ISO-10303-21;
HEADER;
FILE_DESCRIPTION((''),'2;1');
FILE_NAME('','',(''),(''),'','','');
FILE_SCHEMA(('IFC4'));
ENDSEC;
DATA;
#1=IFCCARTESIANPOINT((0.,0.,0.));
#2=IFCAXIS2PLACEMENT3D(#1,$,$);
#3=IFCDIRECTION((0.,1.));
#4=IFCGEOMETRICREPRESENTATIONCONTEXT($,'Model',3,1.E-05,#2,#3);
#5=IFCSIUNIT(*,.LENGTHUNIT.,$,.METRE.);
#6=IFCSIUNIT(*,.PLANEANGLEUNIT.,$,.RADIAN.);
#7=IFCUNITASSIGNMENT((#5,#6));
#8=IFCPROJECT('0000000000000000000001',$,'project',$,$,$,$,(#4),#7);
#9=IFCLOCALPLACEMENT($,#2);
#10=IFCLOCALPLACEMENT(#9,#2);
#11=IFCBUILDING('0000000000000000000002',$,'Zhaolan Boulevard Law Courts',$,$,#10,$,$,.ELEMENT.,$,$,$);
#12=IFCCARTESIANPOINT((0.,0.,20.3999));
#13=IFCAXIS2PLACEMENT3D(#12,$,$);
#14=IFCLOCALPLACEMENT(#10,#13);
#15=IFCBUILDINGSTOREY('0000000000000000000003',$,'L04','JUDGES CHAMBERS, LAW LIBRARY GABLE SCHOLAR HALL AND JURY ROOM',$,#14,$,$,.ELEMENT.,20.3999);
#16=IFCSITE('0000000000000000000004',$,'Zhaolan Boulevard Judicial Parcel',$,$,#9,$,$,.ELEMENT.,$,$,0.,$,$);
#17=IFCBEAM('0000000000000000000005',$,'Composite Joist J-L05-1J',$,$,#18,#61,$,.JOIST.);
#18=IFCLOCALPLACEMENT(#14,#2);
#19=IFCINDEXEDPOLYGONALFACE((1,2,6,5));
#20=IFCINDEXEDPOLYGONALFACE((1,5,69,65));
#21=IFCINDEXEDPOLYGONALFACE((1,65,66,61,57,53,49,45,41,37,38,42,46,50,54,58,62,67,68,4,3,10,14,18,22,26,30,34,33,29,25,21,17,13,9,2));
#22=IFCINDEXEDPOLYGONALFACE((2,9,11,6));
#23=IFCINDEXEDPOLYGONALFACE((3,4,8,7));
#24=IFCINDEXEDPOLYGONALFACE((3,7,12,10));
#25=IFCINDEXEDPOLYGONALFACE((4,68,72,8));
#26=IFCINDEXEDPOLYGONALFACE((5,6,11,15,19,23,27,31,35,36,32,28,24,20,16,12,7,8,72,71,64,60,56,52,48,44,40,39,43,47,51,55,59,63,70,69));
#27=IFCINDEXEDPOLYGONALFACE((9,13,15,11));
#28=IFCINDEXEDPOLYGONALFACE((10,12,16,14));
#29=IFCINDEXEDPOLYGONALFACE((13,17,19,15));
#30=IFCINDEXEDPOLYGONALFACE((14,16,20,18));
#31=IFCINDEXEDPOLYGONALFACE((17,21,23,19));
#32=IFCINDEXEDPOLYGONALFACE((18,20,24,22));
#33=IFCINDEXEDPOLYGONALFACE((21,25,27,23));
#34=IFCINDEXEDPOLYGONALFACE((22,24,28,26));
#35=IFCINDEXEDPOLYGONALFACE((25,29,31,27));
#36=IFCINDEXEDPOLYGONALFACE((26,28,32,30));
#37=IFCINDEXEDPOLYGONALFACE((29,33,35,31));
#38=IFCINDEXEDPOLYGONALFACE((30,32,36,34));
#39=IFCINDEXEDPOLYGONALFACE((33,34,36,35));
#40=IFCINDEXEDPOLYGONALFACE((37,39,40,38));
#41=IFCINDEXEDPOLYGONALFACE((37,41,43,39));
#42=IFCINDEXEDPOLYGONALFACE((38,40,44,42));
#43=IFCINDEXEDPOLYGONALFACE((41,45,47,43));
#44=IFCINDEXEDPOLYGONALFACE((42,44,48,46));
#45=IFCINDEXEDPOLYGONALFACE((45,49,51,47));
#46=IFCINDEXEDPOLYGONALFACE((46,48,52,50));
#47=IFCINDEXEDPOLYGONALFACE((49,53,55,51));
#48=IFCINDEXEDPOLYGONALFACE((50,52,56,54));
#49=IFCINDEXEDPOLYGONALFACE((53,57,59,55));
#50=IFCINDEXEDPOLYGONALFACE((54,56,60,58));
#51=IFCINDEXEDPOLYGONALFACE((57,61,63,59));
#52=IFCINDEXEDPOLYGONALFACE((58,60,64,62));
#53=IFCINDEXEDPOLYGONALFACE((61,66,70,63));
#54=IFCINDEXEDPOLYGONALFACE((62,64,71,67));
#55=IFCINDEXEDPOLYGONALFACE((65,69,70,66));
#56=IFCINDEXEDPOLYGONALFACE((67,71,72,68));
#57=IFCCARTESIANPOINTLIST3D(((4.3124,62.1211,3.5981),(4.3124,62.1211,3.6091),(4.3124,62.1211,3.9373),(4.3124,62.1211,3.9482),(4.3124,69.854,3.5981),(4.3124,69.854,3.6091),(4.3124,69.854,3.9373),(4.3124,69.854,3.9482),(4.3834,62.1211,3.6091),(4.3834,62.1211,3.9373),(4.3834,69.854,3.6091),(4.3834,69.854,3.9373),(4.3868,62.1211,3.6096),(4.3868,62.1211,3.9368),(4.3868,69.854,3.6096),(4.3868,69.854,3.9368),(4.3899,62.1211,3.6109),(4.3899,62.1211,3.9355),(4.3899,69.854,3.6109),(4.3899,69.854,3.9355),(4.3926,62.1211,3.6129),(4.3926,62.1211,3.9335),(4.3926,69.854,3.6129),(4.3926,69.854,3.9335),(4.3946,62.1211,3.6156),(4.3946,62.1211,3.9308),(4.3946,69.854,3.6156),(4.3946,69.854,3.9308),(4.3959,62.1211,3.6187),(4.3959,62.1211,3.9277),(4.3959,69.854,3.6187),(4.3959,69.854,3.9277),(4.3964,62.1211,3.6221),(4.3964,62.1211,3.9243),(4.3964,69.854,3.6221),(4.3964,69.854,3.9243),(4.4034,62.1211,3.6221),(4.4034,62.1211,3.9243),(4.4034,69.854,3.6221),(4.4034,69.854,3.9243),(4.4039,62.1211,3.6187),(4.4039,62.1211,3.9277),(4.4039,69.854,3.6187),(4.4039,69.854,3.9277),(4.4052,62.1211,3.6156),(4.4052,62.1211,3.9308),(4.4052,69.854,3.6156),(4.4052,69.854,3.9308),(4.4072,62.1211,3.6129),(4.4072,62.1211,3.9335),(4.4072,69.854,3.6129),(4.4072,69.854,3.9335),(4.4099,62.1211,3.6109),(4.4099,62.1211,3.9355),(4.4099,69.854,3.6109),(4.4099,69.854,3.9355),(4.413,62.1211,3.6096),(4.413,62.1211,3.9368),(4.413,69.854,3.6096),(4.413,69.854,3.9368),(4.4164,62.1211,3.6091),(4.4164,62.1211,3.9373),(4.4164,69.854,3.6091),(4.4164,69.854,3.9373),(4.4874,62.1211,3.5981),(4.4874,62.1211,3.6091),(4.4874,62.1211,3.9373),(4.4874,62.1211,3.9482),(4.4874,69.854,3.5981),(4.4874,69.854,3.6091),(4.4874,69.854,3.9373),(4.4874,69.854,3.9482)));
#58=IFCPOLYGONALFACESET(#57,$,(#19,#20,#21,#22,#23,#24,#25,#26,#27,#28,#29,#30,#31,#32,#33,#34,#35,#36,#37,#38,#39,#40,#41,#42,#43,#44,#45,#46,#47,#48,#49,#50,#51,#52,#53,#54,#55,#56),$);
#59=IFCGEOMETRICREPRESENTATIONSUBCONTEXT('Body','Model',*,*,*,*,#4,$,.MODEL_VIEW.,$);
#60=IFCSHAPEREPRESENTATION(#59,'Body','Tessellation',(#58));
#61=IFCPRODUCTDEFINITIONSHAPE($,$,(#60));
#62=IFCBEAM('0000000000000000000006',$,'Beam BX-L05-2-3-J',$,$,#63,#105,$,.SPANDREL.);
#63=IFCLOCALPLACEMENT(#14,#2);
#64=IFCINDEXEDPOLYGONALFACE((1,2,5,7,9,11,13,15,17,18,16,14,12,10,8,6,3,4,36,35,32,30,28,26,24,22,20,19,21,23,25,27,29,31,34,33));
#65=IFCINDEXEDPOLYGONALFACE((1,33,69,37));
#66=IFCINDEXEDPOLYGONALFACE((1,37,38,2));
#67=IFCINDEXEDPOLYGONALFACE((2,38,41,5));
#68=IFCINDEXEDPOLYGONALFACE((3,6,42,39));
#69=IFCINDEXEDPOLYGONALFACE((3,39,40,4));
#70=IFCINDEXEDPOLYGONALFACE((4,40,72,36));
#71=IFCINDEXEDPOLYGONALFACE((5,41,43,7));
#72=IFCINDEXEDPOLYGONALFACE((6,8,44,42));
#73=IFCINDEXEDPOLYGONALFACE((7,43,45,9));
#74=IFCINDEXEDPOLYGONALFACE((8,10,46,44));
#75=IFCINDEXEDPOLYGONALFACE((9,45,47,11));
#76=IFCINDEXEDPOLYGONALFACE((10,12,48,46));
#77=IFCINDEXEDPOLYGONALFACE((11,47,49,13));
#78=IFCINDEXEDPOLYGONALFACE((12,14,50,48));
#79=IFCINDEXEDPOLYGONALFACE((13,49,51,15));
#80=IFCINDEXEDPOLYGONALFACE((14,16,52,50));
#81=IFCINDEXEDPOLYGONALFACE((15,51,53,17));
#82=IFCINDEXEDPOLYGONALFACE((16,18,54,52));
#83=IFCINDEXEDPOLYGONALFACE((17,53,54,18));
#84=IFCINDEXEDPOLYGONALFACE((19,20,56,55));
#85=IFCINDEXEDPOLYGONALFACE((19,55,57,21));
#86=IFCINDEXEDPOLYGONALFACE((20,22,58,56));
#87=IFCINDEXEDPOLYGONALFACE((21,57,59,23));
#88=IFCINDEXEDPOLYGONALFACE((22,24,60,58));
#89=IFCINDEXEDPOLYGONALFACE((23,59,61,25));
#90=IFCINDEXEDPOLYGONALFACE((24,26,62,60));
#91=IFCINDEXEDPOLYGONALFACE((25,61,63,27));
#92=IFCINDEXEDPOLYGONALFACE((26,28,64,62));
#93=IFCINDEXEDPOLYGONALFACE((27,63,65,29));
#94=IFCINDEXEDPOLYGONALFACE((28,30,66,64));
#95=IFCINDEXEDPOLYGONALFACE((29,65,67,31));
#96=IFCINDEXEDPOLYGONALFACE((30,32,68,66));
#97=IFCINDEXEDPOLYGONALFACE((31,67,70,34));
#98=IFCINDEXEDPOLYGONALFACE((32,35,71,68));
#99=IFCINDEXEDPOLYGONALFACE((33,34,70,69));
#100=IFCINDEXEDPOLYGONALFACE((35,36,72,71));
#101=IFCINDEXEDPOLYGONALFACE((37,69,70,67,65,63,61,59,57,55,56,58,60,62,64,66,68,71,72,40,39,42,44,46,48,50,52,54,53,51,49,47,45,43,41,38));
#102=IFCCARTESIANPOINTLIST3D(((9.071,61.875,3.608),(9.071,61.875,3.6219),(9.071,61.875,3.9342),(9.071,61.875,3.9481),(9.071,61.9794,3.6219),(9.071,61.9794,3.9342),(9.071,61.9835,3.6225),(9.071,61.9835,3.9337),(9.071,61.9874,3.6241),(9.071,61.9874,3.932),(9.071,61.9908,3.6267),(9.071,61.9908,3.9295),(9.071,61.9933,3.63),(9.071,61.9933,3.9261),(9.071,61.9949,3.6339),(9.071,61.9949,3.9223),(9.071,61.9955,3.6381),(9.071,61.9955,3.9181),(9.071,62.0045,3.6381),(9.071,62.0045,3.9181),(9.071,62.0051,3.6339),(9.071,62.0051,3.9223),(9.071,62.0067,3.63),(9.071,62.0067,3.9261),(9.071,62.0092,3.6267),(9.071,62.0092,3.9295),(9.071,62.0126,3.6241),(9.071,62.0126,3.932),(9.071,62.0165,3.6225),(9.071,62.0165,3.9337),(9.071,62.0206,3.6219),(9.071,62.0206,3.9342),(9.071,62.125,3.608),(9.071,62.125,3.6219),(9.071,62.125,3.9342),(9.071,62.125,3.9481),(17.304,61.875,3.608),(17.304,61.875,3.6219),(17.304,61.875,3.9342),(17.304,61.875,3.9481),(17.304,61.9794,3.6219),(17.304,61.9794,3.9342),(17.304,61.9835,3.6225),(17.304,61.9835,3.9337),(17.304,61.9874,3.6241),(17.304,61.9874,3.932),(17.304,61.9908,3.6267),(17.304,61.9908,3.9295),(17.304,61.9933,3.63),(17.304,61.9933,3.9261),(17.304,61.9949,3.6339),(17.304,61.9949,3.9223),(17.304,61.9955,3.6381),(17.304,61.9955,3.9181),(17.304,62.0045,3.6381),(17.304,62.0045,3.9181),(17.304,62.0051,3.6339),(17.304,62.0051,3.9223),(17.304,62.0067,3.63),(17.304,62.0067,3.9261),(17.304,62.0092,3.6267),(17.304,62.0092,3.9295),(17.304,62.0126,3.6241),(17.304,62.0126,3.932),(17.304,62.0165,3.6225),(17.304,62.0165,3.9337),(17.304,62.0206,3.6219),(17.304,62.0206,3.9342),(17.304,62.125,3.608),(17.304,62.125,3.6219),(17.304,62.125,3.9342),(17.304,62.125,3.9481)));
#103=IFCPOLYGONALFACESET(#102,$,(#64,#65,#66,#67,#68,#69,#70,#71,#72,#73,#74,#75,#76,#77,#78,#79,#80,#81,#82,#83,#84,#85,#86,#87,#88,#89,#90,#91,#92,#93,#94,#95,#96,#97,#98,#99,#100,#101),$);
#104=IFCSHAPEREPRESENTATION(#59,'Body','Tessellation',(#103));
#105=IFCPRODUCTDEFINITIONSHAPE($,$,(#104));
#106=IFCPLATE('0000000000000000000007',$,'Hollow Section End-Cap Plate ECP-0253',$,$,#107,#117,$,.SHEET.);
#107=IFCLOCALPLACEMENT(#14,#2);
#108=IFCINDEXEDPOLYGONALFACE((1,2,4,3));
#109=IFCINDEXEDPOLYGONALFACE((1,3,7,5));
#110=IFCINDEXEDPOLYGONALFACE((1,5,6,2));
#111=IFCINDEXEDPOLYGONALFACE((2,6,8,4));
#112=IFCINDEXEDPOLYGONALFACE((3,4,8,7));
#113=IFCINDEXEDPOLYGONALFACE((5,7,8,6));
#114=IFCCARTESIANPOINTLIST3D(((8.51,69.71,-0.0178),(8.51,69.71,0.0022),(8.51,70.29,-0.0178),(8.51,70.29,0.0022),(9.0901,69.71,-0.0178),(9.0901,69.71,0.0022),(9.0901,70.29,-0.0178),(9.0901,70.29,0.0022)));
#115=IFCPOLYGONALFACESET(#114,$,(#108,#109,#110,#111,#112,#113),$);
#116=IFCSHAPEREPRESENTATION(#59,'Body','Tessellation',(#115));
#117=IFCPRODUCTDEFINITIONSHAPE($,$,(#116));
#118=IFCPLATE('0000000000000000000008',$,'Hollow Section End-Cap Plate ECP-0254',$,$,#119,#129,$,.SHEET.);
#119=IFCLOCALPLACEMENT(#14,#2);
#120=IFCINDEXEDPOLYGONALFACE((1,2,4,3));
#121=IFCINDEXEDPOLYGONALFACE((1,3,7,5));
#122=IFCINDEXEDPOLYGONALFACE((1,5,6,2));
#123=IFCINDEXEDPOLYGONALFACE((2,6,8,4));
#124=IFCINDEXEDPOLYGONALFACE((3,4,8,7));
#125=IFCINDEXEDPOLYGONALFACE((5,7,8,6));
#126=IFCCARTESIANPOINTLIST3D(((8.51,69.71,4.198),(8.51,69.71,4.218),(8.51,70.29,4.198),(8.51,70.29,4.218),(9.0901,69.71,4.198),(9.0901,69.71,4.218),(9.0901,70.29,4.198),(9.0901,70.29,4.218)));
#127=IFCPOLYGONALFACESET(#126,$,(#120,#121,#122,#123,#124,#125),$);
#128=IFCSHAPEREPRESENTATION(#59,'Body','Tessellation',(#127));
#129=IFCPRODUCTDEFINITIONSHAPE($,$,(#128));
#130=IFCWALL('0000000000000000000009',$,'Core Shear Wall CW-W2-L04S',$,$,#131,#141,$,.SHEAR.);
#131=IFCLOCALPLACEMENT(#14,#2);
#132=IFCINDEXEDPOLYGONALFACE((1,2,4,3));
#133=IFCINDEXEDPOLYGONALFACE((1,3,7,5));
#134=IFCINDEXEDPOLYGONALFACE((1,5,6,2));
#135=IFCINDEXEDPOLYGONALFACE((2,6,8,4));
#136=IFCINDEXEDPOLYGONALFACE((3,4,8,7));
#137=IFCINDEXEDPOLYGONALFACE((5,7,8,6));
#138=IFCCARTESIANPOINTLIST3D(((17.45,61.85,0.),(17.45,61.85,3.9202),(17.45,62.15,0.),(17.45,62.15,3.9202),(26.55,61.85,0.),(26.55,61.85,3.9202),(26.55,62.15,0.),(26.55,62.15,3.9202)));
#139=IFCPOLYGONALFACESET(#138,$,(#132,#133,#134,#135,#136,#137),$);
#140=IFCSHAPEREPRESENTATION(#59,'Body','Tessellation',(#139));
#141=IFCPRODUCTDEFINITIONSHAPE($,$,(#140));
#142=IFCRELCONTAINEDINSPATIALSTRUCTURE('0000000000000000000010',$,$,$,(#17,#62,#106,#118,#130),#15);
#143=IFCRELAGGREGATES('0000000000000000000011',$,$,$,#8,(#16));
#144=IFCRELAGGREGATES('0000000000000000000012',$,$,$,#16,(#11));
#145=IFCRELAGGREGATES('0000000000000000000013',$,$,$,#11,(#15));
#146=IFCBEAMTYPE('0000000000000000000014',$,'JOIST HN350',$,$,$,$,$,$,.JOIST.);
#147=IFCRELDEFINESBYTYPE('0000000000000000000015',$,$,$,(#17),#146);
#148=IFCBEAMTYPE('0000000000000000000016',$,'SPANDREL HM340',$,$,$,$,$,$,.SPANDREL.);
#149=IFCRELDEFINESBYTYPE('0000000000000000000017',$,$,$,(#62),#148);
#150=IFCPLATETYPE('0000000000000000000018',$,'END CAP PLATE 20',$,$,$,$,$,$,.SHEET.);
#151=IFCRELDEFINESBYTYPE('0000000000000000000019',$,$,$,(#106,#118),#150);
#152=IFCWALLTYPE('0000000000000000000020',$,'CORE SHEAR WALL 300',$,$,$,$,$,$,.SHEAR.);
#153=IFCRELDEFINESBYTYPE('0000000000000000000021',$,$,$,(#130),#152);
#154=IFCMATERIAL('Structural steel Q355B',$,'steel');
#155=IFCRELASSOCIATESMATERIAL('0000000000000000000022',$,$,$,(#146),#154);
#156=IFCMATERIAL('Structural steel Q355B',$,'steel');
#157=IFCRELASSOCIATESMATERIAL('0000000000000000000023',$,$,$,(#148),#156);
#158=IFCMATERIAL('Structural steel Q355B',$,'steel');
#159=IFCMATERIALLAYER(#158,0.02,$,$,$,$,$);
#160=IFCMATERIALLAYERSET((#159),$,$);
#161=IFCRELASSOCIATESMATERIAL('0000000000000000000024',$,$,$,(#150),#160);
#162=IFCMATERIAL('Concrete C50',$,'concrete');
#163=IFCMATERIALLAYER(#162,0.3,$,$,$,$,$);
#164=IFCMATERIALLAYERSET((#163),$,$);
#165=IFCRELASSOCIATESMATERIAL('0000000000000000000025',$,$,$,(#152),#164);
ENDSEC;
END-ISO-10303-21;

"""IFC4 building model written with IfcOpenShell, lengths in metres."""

from ifc_helpers import new_model, si_unit, direction, frame, frame_2d, origin, origin_2d, place, context, subcontext, project, spatial, rectangle, i_section, extrude, material, layer, layer_set, material_profile, profile_set, type_object, element, save


model = new_model("IFC4")

# Units and contexts
model_context = context("Model", 3, precision=1e-05, world=origin(), true_north=direction((0.0, 1.0)))
body_context = subcontext(model_context, "Body", "Model", "MODEL_VIEW")
ifc_project = project(units=[si_unit("LENGTHUNIT", "METRE"), si_unit("PLANEANGLEUNIT", "RADIAN")], contexts=[model_context])

# Site, building, storey
site_placement = place(None, origin())
site = spatial("IfcSite", under=ifc_project, at=site_placement, Name="Zhaolan Boulevard Judicial Parcel", CompositionType="ELEMENT", RefElevation=0.0)
building_placement = place(site_placement, origin())
building = spatial("IfcBuilding", under=site, at=building_placement, Name="Zhaolan Boulevard Law Courts", CompositionType="ELEMENT")
storey_placement = place(building_placement, frame((0.0, 0.0, 20.3999)))
storey = spatial("IfcBuildingStorey", under=building, at=storey_placement, Name="L04", Description="JUDGES CHAMBERS, LAW LIBRARY GABLE SCHOLAR HALL AND JURY ROOM", CompositionType="ELEMENT", Elevation=20.3999)

# Beams
ifc_material_1 = material(Name="Structural steel Q355B", Category="steel")
ifc_material_profile_1 = material_profile(ifc_material_1, i_section(OverallWidth=0.175, OverallDepth=0.3501, WebThickness=0.0071, FlangeThickness=0.011, FilletRadius=0.0129, at=origin_2d()), Name="HN350x175")
ifc_profile_set_1 = profile_set([ifc_material_profile_1], Name="Structural steel Q355B")
beam_type_1 = type_object("IfcBeamType", Name="JOIST HN350", PredefinedType="JOIST", material=ifc_profile_set_1)
beam_1_placement = place(storey_placement, frame((4.3999, 62.1211, 3.7732), z_axis=(0.0, 1.0, 0.0), x_axis=(-1.0, 0.0, 0.0)))
element("IfcBeam", 1, at=beam_1_placement, inside=storey, type_object=beam_type_1, Name="Composite Joist J-L05-1J", PredefinedType="JOIST", context=body_context, shape_type="SweptSolid", body=[
    extrude(i_section(OverallWidth=0.175, OverallDepth=0.3501, WebThickness=0.0071, FlangeThickness=0.011, FilletRadius=0.0129, at=origin_2d()), origin(), (0.0, 0.0, 1.0), 7.7329),
])
ifc_material_2 = material(Name="Structural steel Q355B", Category="steel")
ifc_material_profile_2 = material_profile(ifc_material_2, i_section(OverallWidth=0.25, OverallDepth=0.3401, WebThickness=0.009, FlangeThickness=0.0139, FilletRadius=0.0161, at=origin_2d()), Name="HM340x250")
ifc_profile_set_2 = profile_set([ifc_material_profile_2], Name="Structural steel Q355B")
beam_type_2 = type_object("IfcBeamType", Name="SPANDREL HM340", PredefinedType="SPANDREL", material=ifc_profile_set_2)
beam_2_placement = place(storey_placement, frame((9.071, 62.0, 3.7781), z_axis=(1.0, 0.0, 0.0), x_axis=(0.0, 1.0, 0.0)))
element("IfcBeam", 2, at=beam_2_placement, inside=storey, type_object=beam_type_2, Name="Beam BX-L05-2-3-J", PredefinedType="SPANDREL", context=body_context, shape_type="SweptSolid", body=[
    extrude(i_section(OverallWidth=0.25, OverallDepth=0.3401, WebThickness=0.009, FlangeThickness=0.0139, FilletRadius=0.0161, at=origin_2d()), origin(), (0.0, 0.0, 1.0), 8.2329),
])

# Plates
ifc_material_3 = material(Name="Structural steel Q355B", Category="steel")
ifc_layer_1 = layer(ifc_material_3, 0.02)
ifc_layer_set_1 = layer_set([ifc_layer_1])
plate_type = type_object("IfcPlateType", Name="END CAP PLATE 20", PredefinedType="SHEET", material=ifc_layer_set_1)
for number, where, z_axis, x_axis, name in (
    (3, (8.8, 70.0, -0.0178), (0.0, 0.0, 1.0), (1.0, 0.0, 0.0), "Hollow Section End-Cap Plate ECP-0253"),
    (4, (8.8, 70.0, 4.198), (0.0, 0.0, 1.0), (1.0, 0.0, 0.0), "Hollow Section End-Cap Plate ECP-0254"),
):
    element("IfcPlate", number, at=place(storey_placement, frame(where, z_axis=z_axis, x_axis=x_axis)), inside=storey, type_object=plate_type, Name=name, PredefinedType="SHEET", context=body_context, shape_type="SweptSolid", body=[
        extrude(rectangle(XDim=0.5801, YDim=0.5801, at=origin_2d()), origin(), (0.0, 0.0, 1.0), 0.02),
    ])

# Wall
ifc_material_4 = material(Name="Concrete C50", Category="concrete")
ifc_layer_2 = layer(ifc_material_4, 0.3)
ifc_layer_set_2 = layer_set([ifc_layer_2])
wall_type_1 = type_object("IfcWallType", Name="CORE SHEAR WALL 300", PredefinedType="SHEAR", material=ifc_layer_set_2)
wall_1_placement = place(storey_placement, frame((17.45, 62.0, 0.0), z_axis=(0.0, 0.0, 1.0), x_axis=(1.0, 0.0, 0.0)))
element("IfcWall", 5, at=wall_1_placement, inside=storey, type_object=wall_type_1, Name="Core Shear Wall CW-W2-L04S", PredefinedType="SHEAR", context=body_context, shape_type="SweptSolid", body=[
    extrude(rectangle(XDim=9.1001, YDim=0.3, at=frame_2d((4.55, 0.0))), origin(), (0.0, 0.0, 1.0), 3.9202),
])

save(model, "model.ifc")
